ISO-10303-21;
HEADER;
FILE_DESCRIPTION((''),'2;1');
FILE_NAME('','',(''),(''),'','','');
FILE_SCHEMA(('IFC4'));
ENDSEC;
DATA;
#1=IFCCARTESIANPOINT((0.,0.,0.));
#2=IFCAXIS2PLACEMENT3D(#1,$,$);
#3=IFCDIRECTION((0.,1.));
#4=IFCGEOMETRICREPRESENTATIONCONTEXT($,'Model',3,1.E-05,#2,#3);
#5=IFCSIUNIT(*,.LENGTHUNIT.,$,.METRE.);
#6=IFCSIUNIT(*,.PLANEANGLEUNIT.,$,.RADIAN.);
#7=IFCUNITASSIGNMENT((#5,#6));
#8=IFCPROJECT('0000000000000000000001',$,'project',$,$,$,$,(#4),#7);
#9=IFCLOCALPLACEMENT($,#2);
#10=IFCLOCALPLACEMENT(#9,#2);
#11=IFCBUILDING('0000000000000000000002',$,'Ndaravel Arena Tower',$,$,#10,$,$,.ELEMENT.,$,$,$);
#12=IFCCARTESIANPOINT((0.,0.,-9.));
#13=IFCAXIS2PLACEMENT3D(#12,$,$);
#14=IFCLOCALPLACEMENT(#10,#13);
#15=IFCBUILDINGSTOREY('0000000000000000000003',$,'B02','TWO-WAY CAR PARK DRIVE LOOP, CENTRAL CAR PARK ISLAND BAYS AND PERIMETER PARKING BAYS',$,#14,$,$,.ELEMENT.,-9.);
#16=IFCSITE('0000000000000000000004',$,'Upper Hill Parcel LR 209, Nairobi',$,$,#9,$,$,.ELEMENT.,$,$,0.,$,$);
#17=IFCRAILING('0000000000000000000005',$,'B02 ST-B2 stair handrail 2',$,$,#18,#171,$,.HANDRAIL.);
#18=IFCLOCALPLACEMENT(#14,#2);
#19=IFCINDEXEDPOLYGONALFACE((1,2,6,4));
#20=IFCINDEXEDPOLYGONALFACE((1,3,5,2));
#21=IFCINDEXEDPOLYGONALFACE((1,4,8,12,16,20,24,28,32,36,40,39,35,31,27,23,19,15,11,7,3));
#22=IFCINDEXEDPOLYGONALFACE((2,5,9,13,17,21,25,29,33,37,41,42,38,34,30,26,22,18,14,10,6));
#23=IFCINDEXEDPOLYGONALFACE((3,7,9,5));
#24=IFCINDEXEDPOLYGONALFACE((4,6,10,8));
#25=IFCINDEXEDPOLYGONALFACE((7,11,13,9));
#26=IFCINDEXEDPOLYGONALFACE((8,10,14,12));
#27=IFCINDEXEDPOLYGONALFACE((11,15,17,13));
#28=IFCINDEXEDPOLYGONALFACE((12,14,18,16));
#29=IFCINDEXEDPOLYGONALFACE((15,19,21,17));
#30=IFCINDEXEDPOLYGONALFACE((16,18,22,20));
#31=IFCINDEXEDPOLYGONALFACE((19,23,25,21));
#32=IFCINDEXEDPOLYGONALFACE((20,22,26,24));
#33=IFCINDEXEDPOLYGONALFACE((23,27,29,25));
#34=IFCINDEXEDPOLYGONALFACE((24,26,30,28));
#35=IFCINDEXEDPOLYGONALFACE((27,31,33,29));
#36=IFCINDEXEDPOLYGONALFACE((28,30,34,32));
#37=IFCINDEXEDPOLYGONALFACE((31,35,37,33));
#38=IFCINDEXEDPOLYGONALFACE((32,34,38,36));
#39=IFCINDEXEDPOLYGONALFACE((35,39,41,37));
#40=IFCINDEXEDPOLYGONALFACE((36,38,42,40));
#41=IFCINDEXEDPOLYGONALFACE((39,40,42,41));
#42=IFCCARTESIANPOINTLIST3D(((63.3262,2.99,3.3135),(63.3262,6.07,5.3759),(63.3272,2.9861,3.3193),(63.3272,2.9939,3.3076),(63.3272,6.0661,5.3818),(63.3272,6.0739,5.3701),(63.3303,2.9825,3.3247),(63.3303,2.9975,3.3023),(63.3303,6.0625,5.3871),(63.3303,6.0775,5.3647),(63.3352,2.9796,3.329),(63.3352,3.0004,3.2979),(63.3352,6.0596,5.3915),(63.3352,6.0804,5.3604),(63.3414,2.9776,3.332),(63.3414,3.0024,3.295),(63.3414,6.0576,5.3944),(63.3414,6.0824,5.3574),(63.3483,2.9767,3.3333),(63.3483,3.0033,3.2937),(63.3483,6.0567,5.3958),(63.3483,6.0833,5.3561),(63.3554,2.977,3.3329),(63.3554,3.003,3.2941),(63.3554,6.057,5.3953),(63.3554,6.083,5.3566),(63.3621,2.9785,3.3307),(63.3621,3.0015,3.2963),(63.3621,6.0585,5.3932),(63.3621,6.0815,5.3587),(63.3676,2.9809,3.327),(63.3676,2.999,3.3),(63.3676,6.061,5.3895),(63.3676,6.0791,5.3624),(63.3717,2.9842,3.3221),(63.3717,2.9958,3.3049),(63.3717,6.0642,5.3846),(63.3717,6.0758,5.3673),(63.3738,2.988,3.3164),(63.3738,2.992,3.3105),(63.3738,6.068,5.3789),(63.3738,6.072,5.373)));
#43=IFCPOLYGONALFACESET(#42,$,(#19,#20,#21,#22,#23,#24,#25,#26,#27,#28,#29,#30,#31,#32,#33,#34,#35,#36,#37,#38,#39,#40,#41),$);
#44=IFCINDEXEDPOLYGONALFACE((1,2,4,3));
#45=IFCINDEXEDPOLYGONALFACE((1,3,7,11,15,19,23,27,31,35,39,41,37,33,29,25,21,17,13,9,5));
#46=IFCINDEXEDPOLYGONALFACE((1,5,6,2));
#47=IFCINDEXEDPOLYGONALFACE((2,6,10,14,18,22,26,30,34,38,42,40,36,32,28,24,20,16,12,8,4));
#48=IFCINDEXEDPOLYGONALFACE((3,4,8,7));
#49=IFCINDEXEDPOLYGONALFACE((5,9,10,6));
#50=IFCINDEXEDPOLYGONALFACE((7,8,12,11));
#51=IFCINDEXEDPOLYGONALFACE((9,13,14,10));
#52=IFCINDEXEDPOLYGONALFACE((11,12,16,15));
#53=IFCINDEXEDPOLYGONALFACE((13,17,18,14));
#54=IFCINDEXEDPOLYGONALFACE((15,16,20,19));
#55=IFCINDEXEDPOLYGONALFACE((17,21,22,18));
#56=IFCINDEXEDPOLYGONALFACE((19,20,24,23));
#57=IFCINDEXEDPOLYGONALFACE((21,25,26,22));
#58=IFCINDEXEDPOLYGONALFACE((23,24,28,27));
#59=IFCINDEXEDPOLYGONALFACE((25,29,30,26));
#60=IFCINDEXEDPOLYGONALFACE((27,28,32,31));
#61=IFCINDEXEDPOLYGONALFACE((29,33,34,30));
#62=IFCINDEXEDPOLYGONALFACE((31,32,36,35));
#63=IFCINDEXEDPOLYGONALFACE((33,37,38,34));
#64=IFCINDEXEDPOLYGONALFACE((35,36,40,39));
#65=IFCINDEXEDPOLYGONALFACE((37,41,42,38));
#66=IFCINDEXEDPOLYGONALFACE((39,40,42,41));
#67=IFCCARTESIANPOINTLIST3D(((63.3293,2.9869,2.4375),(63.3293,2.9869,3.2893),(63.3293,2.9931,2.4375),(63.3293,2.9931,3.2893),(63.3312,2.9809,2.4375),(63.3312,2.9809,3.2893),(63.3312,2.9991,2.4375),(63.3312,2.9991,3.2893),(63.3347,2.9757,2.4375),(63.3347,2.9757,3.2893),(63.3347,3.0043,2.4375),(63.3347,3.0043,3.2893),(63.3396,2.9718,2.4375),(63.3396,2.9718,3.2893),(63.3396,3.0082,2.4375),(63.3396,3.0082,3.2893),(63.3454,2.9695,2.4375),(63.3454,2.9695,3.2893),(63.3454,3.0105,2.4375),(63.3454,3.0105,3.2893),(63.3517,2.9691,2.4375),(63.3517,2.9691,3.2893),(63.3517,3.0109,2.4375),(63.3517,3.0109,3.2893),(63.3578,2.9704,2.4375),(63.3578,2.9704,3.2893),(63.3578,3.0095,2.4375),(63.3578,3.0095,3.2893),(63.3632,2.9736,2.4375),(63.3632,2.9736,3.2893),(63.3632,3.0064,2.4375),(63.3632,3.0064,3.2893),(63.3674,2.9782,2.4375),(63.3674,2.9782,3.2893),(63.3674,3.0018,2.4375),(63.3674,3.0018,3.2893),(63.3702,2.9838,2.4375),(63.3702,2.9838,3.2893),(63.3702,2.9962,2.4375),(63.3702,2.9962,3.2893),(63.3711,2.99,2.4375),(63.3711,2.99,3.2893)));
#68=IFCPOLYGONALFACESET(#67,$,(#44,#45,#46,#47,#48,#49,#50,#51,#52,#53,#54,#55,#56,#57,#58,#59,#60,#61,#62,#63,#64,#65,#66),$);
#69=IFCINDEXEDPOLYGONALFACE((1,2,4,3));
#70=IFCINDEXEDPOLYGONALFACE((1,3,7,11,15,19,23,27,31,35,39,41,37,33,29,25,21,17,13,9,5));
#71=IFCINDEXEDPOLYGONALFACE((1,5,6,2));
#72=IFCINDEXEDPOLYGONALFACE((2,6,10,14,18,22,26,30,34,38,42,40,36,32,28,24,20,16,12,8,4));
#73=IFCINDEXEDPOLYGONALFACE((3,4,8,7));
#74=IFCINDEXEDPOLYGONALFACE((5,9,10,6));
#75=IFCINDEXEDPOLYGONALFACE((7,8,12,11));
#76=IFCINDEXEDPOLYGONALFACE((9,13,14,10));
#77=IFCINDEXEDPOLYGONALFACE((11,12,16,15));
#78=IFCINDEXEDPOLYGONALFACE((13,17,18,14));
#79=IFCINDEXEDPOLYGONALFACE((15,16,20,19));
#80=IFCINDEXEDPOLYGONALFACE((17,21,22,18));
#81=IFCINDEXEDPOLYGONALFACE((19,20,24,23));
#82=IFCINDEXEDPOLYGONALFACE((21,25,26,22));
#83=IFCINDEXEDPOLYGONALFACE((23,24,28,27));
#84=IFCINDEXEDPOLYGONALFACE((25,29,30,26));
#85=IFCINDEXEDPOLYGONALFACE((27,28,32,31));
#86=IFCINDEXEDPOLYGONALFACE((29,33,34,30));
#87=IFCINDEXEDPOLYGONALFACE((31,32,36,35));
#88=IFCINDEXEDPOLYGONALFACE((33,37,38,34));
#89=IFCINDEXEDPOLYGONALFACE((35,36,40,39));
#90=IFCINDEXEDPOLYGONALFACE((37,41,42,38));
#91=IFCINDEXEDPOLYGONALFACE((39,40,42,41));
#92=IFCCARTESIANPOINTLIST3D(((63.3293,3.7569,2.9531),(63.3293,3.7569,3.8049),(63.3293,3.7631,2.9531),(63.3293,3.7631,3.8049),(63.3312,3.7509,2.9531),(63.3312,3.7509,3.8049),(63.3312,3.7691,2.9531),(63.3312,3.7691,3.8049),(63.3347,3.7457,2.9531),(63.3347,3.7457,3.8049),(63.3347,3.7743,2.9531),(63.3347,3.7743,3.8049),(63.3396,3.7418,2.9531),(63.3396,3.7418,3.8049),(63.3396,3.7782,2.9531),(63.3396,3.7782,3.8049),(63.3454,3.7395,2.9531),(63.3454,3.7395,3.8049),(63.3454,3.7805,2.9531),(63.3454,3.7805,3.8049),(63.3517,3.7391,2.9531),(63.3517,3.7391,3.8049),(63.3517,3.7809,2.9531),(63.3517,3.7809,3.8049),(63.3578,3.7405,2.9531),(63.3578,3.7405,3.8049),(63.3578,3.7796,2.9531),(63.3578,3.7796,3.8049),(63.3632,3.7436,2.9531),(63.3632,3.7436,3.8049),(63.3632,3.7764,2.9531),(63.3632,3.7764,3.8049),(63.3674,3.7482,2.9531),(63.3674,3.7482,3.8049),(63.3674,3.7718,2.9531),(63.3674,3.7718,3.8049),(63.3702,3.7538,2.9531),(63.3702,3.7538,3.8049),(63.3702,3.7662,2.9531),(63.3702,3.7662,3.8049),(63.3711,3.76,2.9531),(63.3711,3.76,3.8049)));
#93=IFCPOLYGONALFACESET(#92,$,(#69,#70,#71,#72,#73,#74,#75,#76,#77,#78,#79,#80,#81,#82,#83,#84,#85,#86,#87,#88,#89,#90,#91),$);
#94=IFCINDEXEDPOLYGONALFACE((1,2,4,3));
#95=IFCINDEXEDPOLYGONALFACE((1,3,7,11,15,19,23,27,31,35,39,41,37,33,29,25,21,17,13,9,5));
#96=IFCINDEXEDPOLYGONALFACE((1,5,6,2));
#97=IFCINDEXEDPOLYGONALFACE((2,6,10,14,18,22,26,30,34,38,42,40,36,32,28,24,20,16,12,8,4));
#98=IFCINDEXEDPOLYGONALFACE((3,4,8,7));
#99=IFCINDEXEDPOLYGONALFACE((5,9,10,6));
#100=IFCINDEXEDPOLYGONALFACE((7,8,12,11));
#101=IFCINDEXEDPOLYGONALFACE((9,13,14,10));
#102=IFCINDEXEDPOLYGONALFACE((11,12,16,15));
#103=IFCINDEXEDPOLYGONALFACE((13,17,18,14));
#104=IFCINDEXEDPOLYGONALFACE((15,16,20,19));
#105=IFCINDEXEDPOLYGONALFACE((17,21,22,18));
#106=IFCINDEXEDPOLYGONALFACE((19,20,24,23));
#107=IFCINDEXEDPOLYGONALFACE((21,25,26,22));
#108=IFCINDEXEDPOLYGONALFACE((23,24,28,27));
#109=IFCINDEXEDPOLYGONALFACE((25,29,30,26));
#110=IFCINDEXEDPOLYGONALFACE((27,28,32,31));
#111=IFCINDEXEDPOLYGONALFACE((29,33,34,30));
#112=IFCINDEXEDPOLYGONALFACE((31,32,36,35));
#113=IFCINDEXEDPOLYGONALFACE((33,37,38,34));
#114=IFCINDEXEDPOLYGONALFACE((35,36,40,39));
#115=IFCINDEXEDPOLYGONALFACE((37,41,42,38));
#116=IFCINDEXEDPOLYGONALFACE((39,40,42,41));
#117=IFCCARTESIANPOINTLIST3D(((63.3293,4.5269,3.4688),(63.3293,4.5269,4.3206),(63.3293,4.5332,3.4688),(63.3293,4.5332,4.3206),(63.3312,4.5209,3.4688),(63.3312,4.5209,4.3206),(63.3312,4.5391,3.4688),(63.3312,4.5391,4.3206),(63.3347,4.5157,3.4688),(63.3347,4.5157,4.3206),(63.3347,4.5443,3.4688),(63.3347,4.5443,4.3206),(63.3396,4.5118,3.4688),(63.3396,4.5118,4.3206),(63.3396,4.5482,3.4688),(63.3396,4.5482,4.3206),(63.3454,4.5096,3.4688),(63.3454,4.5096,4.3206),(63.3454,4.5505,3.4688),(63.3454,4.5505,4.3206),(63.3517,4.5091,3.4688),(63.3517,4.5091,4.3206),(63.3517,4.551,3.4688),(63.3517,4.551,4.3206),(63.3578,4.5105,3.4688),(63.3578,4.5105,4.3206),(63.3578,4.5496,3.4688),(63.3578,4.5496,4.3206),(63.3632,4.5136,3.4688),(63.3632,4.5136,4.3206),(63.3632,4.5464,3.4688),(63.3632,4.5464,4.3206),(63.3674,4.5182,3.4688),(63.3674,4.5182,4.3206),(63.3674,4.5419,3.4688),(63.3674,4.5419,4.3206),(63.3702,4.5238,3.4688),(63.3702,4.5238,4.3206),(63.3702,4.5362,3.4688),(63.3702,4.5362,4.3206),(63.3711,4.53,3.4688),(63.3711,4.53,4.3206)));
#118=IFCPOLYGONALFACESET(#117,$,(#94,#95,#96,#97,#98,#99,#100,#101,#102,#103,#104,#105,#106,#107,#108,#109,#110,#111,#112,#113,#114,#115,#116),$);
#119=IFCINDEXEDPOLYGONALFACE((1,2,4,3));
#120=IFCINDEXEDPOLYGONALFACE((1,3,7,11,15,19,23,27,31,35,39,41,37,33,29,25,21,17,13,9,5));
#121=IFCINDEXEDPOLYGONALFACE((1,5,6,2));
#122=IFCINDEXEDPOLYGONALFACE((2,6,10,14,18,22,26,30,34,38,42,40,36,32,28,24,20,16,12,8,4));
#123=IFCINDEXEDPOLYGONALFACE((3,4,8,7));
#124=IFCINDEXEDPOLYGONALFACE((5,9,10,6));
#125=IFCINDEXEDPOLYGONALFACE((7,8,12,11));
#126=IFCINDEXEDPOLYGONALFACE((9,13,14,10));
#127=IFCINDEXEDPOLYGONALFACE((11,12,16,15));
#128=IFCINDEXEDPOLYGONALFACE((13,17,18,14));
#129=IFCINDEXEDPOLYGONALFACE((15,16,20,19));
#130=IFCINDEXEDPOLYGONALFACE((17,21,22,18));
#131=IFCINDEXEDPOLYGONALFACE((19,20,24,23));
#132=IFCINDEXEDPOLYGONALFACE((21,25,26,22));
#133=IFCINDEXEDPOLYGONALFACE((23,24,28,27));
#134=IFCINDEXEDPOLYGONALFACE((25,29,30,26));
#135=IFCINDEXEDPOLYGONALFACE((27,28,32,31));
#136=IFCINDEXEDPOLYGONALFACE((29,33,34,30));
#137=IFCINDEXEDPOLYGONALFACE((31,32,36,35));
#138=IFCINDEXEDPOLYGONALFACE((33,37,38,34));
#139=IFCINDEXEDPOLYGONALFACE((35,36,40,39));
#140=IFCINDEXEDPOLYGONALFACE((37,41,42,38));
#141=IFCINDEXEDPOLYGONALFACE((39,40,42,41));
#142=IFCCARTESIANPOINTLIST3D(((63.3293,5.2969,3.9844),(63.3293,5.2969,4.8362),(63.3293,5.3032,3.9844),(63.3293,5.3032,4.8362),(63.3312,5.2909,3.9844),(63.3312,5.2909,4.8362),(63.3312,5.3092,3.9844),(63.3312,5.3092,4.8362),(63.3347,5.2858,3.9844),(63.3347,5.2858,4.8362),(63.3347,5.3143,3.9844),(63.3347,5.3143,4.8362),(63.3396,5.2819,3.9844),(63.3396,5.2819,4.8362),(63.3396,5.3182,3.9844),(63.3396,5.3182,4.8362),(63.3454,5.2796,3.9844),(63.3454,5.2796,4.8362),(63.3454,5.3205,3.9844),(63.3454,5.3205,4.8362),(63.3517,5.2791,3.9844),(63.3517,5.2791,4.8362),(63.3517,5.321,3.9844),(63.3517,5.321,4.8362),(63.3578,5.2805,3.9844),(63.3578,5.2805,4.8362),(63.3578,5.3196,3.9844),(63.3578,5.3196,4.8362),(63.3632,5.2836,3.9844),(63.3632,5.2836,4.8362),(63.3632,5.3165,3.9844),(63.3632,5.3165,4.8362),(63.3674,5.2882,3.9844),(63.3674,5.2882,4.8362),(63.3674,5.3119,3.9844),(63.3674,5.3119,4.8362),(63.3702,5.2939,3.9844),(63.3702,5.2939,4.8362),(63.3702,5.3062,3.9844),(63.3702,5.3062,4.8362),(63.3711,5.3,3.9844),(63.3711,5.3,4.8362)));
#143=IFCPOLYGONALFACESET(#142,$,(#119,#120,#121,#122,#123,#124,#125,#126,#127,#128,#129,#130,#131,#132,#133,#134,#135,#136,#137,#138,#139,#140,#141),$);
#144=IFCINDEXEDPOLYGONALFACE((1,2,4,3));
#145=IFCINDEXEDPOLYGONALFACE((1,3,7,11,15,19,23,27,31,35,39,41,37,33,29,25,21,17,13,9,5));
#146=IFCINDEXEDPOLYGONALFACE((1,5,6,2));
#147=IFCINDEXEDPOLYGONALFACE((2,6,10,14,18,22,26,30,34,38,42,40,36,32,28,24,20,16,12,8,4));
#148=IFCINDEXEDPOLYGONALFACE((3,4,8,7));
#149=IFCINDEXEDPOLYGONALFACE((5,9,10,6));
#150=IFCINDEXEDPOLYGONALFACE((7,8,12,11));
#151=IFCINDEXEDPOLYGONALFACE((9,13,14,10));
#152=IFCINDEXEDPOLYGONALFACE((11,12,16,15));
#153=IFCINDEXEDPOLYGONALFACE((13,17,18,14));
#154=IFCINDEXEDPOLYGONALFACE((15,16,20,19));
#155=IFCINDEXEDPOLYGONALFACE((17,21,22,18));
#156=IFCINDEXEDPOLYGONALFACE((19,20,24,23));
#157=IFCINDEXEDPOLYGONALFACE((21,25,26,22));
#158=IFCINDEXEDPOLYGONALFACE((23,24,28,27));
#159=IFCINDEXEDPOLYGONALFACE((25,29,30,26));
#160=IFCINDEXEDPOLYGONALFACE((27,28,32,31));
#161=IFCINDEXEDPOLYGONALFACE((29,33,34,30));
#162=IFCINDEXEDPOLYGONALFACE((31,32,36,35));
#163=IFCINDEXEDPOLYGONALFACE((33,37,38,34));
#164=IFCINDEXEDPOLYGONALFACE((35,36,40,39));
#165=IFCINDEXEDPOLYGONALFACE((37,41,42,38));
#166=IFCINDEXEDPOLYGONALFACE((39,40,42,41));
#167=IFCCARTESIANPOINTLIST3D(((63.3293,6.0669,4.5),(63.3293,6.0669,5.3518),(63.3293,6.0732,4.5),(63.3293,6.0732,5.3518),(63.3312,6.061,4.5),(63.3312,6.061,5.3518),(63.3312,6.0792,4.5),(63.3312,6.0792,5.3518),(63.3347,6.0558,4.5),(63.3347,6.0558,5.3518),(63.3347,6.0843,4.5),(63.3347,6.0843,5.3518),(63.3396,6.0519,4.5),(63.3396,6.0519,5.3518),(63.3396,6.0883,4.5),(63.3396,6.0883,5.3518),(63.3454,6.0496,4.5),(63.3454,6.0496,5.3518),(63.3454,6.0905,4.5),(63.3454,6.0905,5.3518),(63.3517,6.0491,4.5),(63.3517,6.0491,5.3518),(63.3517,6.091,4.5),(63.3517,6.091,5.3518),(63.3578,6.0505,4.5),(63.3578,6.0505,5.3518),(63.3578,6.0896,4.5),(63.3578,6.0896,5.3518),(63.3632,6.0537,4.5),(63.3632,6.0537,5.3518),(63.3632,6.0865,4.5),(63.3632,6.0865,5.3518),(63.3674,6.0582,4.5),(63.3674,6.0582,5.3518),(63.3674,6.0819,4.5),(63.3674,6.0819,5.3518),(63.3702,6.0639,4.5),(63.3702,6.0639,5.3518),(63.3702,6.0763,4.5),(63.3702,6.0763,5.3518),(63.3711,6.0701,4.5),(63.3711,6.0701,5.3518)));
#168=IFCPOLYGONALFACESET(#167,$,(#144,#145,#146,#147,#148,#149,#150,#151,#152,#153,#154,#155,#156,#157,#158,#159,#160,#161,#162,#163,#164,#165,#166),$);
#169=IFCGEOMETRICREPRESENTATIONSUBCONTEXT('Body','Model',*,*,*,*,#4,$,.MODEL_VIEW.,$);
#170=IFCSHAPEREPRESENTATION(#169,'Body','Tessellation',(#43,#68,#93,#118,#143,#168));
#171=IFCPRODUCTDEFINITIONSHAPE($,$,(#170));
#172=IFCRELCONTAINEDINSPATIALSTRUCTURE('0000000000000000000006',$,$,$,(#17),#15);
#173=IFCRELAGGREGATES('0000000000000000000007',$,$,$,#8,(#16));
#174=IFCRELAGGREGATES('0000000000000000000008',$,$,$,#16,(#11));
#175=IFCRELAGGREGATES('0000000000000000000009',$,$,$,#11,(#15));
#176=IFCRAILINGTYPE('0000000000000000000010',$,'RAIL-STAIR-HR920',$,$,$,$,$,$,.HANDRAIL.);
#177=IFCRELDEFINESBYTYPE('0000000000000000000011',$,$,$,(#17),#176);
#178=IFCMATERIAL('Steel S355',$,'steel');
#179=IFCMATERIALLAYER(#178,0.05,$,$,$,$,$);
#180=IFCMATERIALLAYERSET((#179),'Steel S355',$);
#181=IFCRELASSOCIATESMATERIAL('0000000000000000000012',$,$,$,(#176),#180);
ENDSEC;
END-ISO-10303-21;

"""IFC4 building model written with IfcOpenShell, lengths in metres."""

from ifc_helpers import new_model, si_unit, direction, frame, origin, origin_2d, place, context, subcontext, project, spatial, circle, extrude, material, layer, layer_set, type_object, element, save


model = new_model("IFC4")

# Units and contexts
model_context = context("Model", 3, precision=1e-05, world=origin(), true_north=direction((0.0, 1.0)))
body_context = subcontext(model_context, "Body", "Model", "MODEL_VIEW")
ifc_project = project(units=[si_unit("LENGTHUNIT", "METRE"), si_unit("PLANEANGLEUNIT", "RADIAN")], contexts=[model_context])

# Site, building, storey
site_placement = place(None, origin())
site = spatial("IfcSite", under=ifc_project, at=site_placement, Name="Upper Hill Parcel LR 209, Nairobi", CompositionType="ELEMENT", RefElevation=0.0)
building_placement = place(site_placement, origin())
building = spatial("IfcBuilding", under=site, at=building_placement, Name="Ndaravel Arena Tower", CompositionType="ELEMENT")
storey_placement = place(building_placement, frame((0.0, 0.0, -9.0)))
storey = spatial("IfcBuildingStorey", under=building, at=storey_placement, Name="B02", Description="TWO-WAY CAR PARK DRIVE LOOP, CENTRAL CAR PARK ISLAND BAYS AND PERIMETER PARKING BAYS", CompositionType="ELEMENT", Elevation=-9.0)

# Railing
ifc_material_1 = material(Name="Steel S355", Category="steel")
ifc_layer_1 = layer(ifc_material_1, 0.05)
ifc_layer_set_1 = layer_set([ifc_layer_1], Name="Steel S355")
railing_type_1 = type_object("IfcRailingType", Name="RAIL-STAIR-HR920", PredefinedType="HANDRAIL", material=ifc_layer_set_1)
railing_1_placement = place(storey_placement, frame((63.3501, 2.99, 2.4375)))
element("IfcRailing", 1, at=railing_1_placement, inside=storey, type_object=railing_type_1, Name="B02 ST-B2 stair handrail 2", PredefinedType="HANDRAIL", context=body_context, shape_type="SweptSolid", body=[
    extrude(circle(Radius=0.0239, at=origin_2d()), frame((0.0, 0.0, 0.876), z_axis=(0.0, 0.830914, 0.556401), x_axis=(-1.0, 0.0, 0.0)), (0.0, 0.0, 1.0), 3.7068),
    extrude(circle(Radius=0.021, at=origin_2d()), origin(), (0.0, 0.0, 1.0), 0.8518),
    extrude(circle(Radius=0.021, at=origin_2d()), frame((0.0, 0.77, 0.5156)), (0.0, 0.0, 1.0), 0.8518),
    extrude(circle(Radius=0.021, at=origin_2d()), frame((0.0, 1.54, 1.0312)), (0.0, 0.0, 1.0), 0.8518),
    extrude(circle(Radius=0.021, at=origin_2d()), frame((0.0, 2.3101, 1.5469)), (0.0, 0.0, 1.0), 0.8518),
    extrude(circle(Radius=0.021, at=origin_2d()), frame((0.0, 3.0801, 2.0625)), (0.0, 0.0, 1.0), 0.8518),
])

save(model, "model.ifc")
